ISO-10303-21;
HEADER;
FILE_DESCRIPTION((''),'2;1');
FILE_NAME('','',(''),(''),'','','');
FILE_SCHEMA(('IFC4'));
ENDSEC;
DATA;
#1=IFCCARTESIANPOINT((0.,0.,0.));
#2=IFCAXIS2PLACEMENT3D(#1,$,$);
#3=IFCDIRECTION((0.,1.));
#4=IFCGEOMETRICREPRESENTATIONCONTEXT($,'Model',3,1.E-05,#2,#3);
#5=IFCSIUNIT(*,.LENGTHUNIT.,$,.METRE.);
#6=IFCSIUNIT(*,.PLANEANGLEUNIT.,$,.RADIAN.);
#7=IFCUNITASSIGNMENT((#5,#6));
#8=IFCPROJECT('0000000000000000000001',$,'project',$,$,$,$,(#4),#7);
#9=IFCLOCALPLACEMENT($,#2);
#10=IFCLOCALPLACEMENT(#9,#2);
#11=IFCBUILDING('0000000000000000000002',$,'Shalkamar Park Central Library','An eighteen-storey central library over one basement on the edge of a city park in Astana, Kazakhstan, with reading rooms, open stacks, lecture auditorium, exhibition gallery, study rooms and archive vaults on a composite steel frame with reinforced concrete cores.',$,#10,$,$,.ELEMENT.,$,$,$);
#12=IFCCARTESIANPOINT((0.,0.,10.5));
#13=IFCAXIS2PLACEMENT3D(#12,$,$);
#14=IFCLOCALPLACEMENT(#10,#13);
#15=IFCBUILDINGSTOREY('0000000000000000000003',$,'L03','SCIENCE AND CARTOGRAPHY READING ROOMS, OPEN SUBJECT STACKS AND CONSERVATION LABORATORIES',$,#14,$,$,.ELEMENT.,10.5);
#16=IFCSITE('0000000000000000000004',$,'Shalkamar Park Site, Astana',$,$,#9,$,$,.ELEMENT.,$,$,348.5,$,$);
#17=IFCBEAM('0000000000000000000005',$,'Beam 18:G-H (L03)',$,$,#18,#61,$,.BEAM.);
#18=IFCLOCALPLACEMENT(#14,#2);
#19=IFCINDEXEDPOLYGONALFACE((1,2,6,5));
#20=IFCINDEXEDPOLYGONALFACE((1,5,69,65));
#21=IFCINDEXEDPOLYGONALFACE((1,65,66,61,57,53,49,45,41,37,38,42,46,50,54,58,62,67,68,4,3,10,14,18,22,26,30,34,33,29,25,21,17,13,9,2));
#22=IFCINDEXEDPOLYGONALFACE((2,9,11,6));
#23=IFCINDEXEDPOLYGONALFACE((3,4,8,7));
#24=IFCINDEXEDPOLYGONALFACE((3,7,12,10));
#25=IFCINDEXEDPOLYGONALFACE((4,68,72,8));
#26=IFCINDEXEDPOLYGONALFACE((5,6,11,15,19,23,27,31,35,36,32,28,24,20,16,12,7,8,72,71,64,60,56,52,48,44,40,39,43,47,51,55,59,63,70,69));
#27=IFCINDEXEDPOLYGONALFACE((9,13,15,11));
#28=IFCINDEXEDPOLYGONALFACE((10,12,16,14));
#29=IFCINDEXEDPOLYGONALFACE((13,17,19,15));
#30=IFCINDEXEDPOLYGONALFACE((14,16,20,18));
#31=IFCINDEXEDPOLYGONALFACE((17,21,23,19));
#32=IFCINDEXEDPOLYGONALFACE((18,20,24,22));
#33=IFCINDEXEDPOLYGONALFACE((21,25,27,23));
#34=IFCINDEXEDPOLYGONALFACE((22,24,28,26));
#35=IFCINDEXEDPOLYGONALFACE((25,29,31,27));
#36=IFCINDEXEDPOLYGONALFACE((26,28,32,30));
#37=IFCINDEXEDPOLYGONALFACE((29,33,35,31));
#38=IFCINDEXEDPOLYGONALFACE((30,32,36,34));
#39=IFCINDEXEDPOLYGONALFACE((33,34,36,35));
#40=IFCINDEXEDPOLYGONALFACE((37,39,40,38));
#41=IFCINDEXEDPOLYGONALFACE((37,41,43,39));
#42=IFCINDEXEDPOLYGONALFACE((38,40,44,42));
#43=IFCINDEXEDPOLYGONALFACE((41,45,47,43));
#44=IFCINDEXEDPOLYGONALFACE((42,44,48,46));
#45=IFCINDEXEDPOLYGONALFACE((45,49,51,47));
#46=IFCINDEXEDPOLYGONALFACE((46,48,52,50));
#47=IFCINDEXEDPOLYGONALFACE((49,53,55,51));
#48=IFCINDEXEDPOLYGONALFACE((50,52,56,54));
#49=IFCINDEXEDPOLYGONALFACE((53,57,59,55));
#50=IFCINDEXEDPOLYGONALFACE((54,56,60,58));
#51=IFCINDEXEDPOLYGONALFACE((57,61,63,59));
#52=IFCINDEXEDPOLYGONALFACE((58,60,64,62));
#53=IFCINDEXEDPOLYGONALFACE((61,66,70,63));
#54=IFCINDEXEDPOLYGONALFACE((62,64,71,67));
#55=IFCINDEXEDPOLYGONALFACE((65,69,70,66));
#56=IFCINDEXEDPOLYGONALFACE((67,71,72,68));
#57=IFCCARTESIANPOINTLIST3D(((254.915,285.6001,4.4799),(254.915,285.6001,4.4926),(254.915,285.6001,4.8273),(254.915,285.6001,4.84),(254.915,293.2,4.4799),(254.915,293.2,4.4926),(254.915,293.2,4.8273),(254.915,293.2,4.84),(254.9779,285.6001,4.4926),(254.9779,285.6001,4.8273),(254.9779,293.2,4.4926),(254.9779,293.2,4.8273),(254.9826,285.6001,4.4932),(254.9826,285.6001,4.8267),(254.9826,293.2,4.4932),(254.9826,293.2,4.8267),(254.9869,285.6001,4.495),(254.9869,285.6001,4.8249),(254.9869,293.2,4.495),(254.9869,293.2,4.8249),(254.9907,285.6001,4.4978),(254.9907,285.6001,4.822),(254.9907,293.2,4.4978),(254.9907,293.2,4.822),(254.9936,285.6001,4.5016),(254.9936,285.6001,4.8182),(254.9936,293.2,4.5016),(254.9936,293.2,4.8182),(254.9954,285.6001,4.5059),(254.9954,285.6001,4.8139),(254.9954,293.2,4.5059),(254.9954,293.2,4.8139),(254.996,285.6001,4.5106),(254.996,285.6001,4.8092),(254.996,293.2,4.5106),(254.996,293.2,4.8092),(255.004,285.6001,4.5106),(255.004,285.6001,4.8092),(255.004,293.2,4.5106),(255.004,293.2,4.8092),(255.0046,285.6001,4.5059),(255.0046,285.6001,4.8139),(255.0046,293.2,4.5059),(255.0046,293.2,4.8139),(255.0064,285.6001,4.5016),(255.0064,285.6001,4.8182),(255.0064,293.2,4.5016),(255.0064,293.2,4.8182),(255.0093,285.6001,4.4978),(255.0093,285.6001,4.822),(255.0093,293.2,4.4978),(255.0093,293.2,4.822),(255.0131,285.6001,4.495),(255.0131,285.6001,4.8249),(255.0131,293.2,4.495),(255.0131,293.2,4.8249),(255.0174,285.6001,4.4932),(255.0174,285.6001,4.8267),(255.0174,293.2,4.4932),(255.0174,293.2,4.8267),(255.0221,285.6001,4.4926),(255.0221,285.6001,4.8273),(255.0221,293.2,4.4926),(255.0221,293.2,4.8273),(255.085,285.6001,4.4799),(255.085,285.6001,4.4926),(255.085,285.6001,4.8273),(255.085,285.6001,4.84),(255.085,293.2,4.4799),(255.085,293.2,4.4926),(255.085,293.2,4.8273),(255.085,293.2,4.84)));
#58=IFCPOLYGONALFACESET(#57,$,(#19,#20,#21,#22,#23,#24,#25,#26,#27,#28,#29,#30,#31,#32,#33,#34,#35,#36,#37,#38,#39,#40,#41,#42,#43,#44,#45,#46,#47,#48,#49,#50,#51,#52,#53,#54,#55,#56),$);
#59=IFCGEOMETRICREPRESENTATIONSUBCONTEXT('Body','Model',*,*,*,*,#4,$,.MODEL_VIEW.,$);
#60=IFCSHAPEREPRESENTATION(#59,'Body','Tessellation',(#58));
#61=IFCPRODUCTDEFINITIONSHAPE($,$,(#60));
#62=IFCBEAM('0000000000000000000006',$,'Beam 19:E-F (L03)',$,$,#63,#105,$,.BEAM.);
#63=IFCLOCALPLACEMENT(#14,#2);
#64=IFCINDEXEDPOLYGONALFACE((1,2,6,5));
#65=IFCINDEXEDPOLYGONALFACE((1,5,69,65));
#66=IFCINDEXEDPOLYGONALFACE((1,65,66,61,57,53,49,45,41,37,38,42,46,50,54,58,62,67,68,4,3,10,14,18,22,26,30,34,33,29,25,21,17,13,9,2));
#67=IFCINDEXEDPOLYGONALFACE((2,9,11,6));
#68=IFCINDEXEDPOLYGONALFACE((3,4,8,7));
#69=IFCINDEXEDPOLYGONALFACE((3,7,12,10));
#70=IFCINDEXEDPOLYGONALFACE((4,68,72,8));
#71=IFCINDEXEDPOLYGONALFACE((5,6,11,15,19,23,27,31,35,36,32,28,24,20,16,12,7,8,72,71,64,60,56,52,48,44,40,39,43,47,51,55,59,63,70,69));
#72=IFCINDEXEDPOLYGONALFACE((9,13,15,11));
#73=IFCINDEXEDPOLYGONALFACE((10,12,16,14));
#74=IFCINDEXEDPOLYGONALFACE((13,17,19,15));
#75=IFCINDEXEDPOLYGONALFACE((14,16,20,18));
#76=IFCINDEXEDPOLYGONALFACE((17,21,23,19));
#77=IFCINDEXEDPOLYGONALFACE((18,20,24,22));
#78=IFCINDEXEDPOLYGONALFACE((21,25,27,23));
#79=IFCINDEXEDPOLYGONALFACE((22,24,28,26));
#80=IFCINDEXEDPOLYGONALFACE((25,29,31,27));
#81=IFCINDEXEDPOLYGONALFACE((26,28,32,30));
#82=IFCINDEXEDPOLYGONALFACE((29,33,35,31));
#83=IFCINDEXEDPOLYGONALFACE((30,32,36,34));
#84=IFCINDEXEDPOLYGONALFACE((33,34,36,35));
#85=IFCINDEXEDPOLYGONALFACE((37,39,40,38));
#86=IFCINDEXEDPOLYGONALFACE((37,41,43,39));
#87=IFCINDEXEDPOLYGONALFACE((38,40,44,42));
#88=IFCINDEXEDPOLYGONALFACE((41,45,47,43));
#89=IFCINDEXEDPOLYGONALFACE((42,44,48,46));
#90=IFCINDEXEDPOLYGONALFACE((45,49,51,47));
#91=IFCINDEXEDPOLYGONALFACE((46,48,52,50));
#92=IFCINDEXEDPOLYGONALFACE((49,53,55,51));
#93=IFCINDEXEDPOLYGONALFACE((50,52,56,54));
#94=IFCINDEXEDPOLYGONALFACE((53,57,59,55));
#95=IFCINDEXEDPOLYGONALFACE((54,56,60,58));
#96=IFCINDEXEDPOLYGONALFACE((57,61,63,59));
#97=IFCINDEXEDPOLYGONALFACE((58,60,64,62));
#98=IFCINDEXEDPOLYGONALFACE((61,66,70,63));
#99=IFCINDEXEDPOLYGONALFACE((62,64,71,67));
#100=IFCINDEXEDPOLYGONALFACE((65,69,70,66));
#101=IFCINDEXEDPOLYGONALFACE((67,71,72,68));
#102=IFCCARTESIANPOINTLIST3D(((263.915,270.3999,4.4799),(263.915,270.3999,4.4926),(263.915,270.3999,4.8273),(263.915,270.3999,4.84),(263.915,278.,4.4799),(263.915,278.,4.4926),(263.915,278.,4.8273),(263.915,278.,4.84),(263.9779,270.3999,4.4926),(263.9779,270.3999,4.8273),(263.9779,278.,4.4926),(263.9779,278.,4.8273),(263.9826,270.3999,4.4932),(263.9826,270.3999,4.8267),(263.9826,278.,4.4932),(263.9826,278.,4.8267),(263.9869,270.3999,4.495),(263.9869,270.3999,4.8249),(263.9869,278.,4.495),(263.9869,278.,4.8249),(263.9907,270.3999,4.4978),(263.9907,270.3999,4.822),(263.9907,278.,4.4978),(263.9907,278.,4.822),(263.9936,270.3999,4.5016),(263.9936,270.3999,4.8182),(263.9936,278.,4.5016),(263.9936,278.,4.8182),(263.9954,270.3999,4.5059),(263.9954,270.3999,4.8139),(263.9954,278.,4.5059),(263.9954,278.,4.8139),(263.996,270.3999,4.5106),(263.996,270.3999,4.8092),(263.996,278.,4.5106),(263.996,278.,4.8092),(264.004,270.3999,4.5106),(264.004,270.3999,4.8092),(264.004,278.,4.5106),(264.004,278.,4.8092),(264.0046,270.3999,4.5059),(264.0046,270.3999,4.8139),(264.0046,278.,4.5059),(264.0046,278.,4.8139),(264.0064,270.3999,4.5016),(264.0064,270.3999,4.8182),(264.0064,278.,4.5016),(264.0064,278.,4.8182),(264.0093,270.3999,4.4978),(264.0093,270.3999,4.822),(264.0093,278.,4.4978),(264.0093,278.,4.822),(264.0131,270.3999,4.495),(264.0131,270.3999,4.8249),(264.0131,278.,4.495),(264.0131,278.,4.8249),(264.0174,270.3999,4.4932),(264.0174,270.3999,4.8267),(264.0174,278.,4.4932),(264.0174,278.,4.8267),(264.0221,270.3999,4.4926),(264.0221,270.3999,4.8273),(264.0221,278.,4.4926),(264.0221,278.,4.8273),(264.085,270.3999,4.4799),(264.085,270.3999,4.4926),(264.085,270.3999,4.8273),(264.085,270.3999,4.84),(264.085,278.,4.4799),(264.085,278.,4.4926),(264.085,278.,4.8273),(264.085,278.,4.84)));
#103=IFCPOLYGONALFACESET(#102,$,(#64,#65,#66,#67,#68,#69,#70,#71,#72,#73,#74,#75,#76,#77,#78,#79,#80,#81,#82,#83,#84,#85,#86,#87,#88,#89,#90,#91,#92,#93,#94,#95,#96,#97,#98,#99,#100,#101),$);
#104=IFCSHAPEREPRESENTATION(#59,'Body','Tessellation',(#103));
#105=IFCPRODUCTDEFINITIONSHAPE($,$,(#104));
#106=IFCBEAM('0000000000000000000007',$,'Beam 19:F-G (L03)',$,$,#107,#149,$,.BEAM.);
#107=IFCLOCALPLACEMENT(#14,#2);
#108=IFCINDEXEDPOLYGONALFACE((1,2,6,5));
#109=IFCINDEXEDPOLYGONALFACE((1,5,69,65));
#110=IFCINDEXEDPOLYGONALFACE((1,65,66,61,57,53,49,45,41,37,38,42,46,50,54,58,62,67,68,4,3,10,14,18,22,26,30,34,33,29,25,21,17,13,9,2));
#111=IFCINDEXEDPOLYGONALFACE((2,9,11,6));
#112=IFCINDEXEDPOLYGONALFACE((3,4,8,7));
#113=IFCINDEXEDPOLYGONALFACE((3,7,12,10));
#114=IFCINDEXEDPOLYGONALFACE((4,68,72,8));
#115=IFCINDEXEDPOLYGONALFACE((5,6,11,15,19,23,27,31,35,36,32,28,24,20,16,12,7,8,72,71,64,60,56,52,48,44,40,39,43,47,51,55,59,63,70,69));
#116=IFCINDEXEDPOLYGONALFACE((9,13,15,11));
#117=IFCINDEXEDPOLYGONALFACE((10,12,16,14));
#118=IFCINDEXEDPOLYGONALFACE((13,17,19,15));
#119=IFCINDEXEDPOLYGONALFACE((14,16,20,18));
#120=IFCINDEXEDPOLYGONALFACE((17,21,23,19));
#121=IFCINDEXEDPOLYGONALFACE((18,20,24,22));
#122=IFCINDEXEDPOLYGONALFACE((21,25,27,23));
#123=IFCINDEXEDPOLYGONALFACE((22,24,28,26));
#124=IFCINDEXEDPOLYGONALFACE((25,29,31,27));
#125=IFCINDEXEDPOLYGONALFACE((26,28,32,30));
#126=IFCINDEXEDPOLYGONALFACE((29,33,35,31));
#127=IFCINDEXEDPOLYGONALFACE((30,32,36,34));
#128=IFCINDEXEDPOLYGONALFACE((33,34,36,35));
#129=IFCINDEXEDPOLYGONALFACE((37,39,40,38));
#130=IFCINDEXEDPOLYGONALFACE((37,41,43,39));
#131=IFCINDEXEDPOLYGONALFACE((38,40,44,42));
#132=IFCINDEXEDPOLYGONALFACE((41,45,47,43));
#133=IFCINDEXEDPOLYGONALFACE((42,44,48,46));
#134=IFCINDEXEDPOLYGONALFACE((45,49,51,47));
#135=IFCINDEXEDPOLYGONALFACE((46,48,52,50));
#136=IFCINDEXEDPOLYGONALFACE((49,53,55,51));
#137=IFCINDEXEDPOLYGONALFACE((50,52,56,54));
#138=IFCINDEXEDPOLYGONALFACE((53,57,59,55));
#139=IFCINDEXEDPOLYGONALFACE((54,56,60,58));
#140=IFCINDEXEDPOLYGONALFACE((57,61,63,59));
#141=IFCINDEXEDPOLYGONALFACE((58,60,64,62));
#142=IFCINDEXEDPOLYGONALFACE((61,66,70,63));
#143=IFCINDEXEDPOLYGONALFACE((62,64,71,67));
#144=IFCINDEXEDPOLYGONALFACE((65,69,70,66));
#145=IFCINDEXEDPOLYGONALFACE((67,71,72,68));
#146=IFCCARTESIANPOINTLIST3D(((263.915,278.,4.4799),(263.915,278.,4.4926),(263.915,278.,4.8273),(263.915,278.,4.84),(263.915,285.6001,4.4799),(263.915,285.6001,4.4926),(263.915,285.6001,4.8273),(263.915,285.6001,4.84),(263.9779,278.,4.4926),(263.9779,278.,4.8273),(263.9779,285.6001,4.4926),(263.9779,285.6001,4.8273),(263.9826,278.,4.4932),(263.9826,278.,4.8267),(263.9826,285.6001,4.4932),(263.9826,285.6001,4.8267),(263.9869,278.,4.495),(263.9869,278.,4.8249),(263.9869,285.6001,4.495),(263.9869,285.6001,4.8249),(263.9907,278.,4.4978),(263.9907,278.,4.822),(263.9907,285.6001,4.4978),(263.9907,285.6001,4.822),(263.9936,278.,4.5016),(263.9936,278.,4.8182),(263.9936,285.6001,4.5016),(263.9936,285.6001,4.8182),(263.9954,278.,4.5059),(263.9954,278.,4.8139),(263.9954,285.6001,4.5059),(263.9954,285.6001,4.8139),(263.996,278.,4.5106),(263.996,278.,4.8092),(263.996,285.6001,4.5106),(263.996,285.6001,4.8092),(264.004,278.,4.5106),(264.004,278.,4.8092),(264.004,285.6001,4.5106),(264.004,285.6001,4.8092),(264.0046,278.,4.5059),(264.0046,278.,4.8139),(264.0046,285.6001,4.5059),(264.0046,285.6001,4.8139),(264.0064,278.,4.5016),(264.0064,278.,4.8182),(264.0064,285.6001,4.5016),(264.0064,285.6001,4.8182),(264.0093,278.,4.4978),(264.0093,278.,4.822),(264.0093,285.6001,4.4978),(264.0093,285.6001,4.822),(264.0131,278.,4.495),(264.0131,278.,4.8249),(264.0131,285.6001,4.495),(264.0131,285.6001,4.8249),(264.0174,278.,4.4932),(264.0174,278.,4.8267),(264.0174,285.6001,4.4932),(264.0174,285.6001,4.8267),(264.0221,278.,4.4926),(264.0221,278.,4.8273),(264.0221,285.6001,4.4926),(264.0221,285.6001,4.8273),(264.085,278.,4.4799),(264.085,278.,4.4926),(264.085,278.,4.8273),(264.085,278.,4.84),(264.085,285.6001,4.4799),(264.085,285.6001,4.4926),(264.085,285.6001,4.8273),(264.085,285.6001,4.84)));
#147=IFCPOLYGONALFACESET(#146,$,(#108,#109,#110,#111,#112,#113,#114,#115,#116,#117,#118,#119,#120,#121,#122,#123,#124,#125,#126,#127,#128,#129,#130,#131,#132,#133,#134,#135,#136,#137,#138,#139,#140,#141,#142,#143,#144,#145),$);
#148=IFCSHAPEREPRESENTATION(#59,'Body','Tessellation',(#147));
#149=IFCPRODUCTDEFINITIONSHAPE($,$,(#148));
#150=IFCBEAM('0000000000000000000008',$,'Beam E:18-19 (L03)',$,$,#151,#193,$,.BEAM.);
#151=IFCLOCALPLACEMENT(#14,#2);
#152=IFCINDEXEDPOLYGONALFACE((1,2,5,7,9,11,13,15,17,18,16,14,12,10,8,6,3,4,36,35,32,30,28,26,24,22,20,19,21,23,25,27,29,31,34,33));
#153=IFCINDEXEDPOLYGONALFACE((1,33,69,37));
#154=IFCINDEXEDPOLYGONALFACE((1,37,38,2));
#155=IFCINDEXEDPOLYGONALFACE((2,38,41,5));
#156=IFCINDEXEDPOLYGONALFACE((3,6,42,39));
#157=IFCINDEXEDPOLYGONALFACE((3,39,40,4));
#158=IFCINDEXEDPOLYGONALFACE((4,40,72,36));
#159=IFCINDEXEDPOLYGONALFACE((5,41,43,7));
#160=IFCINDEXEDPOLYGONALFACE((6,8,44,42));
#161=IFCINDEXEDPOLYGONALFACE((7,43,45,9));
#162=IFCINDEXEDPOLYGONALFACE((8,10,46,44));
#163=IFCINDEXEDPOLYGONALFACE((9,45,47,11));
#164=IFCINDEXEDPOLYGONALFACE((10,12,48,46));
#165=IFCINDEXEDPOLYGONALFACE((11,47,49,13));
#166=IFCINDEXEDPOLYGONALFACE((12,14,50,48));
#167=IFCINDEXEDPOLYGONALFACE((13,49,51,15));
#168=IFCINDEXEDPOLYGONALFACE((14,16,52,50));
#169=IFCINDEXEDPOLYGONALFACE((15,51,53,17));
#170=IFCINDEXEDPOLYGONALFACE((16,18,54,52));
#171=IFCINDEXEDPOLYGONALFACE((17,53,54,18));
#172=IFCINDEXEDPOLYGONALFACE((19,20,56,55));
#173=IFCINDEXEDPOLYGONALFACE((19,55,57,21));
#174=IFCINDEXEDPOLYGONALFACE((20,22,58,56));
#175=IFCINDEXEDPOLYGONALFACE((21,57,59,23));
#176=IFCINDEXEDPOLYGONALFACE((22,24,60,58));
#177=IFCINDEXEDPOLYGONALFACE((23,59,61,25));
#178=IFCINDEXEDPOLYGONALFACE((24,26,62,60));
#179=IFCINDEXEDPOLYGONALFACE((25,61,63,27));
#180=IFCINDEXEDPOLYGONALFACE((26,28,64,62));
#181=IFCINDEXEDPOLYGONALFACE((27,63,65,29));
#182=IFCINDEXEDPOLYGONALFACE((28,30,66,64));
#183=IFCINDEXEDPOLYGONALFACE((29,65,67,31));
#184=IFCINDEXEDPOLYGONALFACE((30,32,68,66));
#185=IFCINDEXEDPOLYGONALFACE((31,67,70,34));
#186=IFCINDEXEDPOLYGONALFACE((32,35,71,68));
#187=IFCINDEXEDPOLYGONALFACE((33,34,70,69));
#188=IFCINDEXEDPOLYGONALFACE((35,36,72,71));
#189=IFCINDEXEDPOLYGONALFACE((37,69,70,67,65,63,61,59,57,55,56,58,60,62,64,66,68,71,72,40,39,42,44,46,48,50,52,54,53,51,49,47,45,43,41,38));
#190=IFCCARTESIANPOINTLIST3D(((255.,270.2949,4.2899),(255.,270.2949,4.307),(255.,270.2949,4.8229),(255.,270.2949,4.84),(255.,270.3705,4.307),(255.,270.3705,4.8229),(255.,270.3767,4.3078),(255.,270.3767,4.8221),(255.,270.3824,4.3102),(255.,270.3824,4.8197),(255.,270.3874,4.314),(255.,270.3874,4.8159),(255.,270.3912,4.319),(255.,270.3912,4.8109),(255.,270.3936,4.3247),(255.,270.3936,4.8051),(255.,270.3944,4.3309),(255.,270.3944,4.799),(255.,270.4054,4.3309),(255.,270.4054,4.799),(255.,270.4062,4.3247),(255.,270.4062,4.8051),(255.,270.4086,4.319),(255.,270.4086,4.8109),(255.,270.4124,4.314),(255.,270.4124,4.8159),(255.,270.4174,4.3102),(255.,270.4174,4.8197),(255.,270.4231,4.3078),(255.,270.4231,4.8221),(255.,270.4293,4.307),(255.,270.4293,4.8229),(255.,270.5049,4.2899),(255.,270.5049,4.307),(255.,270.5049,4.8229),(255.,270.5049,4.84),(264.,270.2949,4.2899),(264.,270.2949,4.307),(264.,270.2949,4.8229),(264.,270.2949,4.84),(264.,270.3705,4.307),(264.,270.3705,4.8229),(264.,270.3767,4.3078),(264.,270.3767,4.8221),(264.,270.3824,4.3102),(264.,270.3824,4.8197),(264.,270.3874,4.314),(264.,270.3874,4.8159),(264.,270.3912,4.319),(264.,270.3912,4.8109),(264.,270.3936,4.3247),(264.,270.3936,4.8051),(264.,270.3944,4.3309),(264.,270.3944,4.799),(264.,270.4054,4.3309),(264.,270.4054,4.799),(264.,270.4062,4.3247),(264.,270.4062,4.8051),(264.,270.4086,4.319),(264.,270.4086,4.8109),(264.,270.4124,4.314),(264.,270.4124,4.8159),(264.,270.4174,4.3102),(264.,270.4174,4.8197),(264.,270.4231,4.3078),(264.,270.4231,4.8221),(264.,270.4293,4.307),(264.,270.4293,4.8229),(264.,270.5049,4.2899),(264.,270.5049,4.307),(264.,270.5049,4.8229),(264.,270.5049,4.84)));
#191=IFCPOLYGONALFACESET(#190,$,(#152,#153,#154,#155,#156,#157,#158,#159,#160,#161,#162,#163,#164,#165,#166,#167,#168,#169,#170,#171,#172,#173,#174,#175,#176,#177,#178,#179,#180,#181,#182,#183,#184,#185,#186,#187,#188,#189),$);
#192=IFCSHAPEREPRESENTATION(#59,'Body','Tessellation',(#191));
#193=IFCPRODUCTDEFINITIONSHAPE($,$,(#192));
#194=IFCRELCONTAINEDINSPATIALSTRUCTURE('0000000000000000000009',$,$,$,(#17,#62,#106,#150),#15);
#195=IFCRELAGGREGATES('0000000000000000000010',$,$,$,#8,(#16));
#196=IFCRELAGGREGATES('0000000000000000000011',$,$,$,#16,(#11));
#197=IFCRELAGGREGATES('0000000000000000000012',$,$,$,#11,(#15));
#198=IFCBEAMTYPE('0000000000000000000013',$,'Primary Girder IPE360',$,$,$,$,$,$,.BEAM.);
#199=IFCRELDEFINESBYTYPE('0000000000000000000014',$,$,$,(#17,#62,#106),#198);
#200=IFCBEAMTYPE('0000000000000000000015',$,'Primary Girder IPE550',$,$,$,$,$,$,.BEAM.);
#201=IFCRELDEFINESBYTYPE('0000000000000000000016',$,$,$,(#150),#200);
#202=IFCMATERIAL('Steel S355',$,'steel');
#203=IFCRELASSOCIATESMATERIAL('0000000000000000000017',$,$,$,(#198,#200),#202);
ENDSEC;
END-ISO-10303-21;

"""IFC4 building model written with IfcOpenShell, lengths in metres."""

from ifc_helpers import new_model, si_unit, direction, frame, origin, origin_2d, place, context, subcontext, project, spatial, i_section, extrude, material, material_profile, profile_set, type_object, element, save


model = new_model("IFC4")

# Units and contexts
model_context = context("Model", 3, precision=1e-05, world=origin(), true_north=direction((0.0, 1.0)))
body_context = subcontext(model_context, "Body", "Model", "MODEL_VIEW")
ifc_project = project(units=[si_unit("LENGTHUNIT", "METRE"), si_unit("PLANEANGLEUNIT", "RADIAN")], contexts=[model_context])

# Site, building, storey
site_placement = place(None, origin())
site = spatial("IfcSite", under=ifc_project, at=site_placement, Name="Shalkamar Park Site, Astana", CompositionType="ELEMENT", RefElevation=348.5)
building_placement = place(site_placement, origin())
building = spatial("IfcBuilding", under=site, at=building_placement, Name="Shalkamar Park Central Library", Description="An eighteen-storey central library over one basement on the edge of a city park in Astana, Kazakhstan, with reading rooms, open stacks, lecture auditorium, exhibition gallery, study rooms and archive vaults on a composite steel frame with reinforced concrete cores.", CompositionType="ELEMENT")
storey_placement = place(building_placement, frame((0.0, 0.0, 10.5)))
storey = spatial("IfcBuildingStorey", under=building, at=storey_placement, Name="L03", Description="SCIENCE AND CARTOGRAPHY READING ROOMS, OPEN SUBJECT STACKS AND CONSERVATION LABORATORIES", CompositionType="ELEMENT", Elevation=10.5)

# Shared definitions
ifc_material = material(Name="Steel S355", Category="steel")

# Beams
ifc_material_profile_1 = material_profile(ifc_material, i_section(OverallWidth=0.1699, OverallDepth=0.3601, WebThickness=0.0081, FlangeThickness=0.0127, FilletRadius=0.0181, at=origin_2d()), Name="IPE 360")
ifc_profile_set_1 = profile_set([ifc_material_profile_1], Name="Steel S355")
beam_type_1 = type_object("IfcBeamType", Name="Primary Girder IPE360", PredefinedType="BEAM", material=ifc_profile_set_1)
beam_1_placement = place(storey_placement, frame((255.0, 285.6001, 4.6599), z_axis=(0.0, 1.0, 0.0), x_axis=(-1.0, 0.0, 0.0)))
element("IfcBeam", 1, at=beam_1_placement, inside=storey, type_object=beam_type_1, Name="Beam 18:G-H (L03)", PredefinedType="BEAM", context=body_context, shape_type="SweptSolid", body=[
    extrude(i_section(OverallWidth=0.1699, OverallDepth=0.3601, WebThickness=0.0081, FlangeThickness=0.0127, FilletRadius=0.0181, at=origin_2d()), origin(), (0.0, 0.0, 1.0), 7.5999),
])
for number, where, z_axis, x_axis, name in (
    (2, (264.0, 270.3999, 4.6599), (0.0, 1.0, 0.0), (-1.0, 0.0, 0.0), "Beam 19:E-F (L03)"),
    (3, (264.0, 278.0, 4.6599), (0.0, 1.0, 0.0), (-1.0, 0.0, 0.0), "Beam 19:F-G (L03)"),
):
    element("IfcBeam", number, at=place(storey_placement, frame(where, z_axis=z_axis, x_axis=x_axis)), inside=storey, type_object=beam_type_1, Name=name, PredefinedType="BEAM", context=body_context, shape_type="SweptSolid", body=[
        extrude(i_section(OverallWidth=0.1699, OverallDepth=0.3601, WebThickness=0.0081, FlangeThickness=0.0127, FilletRadius=0.0181, at=origin_2d()), origin(), (0.0, 0.0, 1.0), 7.6001),
    ])
ifc_material_profile_2 = material_profile(ifc_material, i_section(OverallWidth=0.21, OverallDepth=0.55, WebThickness=0.011, FlangeThickness=0.0171, FilletRadius=0.0239, at=origin_2d()), Name="IPE 550")
ifc_profile_set_2 = profile_set([ifc_material_profile_2], Name="Steel S355")
beam_type_2 = type_object("IfcBeamType", Name="Primary Girder IPE550", PredefinedType="BEAM", material=ifc_profile_set_2)
for number, where, z_axis, x_axis, name in (
    (4, (255.0, 270.3999, 4.5649), (1.0, 0.0, 0.0), (0.0, 1.0, 0.0), "Beam E:18-19 (L03)"),
):
    element("IfcBeam", number, at=place(storey_placement, frame(where, z_axis=z_axis, x_axis=x_axis)), inside=storey, type_object=beam_type_2, Name=name, PredefinedType="BEAM", context=body_context, shape_type="SweptSolid", body=[
        extrude(i_section(OverallWidth=0.21, OverallDepth=0.55, WebThickness=0.011, FlangeThickness=0.0171, FilletRadius=0.0239, at=origin_2d()), origin(), (0.0, 0.0, 1.0), 9.0),
    ])

save(model, "model.ifc")
